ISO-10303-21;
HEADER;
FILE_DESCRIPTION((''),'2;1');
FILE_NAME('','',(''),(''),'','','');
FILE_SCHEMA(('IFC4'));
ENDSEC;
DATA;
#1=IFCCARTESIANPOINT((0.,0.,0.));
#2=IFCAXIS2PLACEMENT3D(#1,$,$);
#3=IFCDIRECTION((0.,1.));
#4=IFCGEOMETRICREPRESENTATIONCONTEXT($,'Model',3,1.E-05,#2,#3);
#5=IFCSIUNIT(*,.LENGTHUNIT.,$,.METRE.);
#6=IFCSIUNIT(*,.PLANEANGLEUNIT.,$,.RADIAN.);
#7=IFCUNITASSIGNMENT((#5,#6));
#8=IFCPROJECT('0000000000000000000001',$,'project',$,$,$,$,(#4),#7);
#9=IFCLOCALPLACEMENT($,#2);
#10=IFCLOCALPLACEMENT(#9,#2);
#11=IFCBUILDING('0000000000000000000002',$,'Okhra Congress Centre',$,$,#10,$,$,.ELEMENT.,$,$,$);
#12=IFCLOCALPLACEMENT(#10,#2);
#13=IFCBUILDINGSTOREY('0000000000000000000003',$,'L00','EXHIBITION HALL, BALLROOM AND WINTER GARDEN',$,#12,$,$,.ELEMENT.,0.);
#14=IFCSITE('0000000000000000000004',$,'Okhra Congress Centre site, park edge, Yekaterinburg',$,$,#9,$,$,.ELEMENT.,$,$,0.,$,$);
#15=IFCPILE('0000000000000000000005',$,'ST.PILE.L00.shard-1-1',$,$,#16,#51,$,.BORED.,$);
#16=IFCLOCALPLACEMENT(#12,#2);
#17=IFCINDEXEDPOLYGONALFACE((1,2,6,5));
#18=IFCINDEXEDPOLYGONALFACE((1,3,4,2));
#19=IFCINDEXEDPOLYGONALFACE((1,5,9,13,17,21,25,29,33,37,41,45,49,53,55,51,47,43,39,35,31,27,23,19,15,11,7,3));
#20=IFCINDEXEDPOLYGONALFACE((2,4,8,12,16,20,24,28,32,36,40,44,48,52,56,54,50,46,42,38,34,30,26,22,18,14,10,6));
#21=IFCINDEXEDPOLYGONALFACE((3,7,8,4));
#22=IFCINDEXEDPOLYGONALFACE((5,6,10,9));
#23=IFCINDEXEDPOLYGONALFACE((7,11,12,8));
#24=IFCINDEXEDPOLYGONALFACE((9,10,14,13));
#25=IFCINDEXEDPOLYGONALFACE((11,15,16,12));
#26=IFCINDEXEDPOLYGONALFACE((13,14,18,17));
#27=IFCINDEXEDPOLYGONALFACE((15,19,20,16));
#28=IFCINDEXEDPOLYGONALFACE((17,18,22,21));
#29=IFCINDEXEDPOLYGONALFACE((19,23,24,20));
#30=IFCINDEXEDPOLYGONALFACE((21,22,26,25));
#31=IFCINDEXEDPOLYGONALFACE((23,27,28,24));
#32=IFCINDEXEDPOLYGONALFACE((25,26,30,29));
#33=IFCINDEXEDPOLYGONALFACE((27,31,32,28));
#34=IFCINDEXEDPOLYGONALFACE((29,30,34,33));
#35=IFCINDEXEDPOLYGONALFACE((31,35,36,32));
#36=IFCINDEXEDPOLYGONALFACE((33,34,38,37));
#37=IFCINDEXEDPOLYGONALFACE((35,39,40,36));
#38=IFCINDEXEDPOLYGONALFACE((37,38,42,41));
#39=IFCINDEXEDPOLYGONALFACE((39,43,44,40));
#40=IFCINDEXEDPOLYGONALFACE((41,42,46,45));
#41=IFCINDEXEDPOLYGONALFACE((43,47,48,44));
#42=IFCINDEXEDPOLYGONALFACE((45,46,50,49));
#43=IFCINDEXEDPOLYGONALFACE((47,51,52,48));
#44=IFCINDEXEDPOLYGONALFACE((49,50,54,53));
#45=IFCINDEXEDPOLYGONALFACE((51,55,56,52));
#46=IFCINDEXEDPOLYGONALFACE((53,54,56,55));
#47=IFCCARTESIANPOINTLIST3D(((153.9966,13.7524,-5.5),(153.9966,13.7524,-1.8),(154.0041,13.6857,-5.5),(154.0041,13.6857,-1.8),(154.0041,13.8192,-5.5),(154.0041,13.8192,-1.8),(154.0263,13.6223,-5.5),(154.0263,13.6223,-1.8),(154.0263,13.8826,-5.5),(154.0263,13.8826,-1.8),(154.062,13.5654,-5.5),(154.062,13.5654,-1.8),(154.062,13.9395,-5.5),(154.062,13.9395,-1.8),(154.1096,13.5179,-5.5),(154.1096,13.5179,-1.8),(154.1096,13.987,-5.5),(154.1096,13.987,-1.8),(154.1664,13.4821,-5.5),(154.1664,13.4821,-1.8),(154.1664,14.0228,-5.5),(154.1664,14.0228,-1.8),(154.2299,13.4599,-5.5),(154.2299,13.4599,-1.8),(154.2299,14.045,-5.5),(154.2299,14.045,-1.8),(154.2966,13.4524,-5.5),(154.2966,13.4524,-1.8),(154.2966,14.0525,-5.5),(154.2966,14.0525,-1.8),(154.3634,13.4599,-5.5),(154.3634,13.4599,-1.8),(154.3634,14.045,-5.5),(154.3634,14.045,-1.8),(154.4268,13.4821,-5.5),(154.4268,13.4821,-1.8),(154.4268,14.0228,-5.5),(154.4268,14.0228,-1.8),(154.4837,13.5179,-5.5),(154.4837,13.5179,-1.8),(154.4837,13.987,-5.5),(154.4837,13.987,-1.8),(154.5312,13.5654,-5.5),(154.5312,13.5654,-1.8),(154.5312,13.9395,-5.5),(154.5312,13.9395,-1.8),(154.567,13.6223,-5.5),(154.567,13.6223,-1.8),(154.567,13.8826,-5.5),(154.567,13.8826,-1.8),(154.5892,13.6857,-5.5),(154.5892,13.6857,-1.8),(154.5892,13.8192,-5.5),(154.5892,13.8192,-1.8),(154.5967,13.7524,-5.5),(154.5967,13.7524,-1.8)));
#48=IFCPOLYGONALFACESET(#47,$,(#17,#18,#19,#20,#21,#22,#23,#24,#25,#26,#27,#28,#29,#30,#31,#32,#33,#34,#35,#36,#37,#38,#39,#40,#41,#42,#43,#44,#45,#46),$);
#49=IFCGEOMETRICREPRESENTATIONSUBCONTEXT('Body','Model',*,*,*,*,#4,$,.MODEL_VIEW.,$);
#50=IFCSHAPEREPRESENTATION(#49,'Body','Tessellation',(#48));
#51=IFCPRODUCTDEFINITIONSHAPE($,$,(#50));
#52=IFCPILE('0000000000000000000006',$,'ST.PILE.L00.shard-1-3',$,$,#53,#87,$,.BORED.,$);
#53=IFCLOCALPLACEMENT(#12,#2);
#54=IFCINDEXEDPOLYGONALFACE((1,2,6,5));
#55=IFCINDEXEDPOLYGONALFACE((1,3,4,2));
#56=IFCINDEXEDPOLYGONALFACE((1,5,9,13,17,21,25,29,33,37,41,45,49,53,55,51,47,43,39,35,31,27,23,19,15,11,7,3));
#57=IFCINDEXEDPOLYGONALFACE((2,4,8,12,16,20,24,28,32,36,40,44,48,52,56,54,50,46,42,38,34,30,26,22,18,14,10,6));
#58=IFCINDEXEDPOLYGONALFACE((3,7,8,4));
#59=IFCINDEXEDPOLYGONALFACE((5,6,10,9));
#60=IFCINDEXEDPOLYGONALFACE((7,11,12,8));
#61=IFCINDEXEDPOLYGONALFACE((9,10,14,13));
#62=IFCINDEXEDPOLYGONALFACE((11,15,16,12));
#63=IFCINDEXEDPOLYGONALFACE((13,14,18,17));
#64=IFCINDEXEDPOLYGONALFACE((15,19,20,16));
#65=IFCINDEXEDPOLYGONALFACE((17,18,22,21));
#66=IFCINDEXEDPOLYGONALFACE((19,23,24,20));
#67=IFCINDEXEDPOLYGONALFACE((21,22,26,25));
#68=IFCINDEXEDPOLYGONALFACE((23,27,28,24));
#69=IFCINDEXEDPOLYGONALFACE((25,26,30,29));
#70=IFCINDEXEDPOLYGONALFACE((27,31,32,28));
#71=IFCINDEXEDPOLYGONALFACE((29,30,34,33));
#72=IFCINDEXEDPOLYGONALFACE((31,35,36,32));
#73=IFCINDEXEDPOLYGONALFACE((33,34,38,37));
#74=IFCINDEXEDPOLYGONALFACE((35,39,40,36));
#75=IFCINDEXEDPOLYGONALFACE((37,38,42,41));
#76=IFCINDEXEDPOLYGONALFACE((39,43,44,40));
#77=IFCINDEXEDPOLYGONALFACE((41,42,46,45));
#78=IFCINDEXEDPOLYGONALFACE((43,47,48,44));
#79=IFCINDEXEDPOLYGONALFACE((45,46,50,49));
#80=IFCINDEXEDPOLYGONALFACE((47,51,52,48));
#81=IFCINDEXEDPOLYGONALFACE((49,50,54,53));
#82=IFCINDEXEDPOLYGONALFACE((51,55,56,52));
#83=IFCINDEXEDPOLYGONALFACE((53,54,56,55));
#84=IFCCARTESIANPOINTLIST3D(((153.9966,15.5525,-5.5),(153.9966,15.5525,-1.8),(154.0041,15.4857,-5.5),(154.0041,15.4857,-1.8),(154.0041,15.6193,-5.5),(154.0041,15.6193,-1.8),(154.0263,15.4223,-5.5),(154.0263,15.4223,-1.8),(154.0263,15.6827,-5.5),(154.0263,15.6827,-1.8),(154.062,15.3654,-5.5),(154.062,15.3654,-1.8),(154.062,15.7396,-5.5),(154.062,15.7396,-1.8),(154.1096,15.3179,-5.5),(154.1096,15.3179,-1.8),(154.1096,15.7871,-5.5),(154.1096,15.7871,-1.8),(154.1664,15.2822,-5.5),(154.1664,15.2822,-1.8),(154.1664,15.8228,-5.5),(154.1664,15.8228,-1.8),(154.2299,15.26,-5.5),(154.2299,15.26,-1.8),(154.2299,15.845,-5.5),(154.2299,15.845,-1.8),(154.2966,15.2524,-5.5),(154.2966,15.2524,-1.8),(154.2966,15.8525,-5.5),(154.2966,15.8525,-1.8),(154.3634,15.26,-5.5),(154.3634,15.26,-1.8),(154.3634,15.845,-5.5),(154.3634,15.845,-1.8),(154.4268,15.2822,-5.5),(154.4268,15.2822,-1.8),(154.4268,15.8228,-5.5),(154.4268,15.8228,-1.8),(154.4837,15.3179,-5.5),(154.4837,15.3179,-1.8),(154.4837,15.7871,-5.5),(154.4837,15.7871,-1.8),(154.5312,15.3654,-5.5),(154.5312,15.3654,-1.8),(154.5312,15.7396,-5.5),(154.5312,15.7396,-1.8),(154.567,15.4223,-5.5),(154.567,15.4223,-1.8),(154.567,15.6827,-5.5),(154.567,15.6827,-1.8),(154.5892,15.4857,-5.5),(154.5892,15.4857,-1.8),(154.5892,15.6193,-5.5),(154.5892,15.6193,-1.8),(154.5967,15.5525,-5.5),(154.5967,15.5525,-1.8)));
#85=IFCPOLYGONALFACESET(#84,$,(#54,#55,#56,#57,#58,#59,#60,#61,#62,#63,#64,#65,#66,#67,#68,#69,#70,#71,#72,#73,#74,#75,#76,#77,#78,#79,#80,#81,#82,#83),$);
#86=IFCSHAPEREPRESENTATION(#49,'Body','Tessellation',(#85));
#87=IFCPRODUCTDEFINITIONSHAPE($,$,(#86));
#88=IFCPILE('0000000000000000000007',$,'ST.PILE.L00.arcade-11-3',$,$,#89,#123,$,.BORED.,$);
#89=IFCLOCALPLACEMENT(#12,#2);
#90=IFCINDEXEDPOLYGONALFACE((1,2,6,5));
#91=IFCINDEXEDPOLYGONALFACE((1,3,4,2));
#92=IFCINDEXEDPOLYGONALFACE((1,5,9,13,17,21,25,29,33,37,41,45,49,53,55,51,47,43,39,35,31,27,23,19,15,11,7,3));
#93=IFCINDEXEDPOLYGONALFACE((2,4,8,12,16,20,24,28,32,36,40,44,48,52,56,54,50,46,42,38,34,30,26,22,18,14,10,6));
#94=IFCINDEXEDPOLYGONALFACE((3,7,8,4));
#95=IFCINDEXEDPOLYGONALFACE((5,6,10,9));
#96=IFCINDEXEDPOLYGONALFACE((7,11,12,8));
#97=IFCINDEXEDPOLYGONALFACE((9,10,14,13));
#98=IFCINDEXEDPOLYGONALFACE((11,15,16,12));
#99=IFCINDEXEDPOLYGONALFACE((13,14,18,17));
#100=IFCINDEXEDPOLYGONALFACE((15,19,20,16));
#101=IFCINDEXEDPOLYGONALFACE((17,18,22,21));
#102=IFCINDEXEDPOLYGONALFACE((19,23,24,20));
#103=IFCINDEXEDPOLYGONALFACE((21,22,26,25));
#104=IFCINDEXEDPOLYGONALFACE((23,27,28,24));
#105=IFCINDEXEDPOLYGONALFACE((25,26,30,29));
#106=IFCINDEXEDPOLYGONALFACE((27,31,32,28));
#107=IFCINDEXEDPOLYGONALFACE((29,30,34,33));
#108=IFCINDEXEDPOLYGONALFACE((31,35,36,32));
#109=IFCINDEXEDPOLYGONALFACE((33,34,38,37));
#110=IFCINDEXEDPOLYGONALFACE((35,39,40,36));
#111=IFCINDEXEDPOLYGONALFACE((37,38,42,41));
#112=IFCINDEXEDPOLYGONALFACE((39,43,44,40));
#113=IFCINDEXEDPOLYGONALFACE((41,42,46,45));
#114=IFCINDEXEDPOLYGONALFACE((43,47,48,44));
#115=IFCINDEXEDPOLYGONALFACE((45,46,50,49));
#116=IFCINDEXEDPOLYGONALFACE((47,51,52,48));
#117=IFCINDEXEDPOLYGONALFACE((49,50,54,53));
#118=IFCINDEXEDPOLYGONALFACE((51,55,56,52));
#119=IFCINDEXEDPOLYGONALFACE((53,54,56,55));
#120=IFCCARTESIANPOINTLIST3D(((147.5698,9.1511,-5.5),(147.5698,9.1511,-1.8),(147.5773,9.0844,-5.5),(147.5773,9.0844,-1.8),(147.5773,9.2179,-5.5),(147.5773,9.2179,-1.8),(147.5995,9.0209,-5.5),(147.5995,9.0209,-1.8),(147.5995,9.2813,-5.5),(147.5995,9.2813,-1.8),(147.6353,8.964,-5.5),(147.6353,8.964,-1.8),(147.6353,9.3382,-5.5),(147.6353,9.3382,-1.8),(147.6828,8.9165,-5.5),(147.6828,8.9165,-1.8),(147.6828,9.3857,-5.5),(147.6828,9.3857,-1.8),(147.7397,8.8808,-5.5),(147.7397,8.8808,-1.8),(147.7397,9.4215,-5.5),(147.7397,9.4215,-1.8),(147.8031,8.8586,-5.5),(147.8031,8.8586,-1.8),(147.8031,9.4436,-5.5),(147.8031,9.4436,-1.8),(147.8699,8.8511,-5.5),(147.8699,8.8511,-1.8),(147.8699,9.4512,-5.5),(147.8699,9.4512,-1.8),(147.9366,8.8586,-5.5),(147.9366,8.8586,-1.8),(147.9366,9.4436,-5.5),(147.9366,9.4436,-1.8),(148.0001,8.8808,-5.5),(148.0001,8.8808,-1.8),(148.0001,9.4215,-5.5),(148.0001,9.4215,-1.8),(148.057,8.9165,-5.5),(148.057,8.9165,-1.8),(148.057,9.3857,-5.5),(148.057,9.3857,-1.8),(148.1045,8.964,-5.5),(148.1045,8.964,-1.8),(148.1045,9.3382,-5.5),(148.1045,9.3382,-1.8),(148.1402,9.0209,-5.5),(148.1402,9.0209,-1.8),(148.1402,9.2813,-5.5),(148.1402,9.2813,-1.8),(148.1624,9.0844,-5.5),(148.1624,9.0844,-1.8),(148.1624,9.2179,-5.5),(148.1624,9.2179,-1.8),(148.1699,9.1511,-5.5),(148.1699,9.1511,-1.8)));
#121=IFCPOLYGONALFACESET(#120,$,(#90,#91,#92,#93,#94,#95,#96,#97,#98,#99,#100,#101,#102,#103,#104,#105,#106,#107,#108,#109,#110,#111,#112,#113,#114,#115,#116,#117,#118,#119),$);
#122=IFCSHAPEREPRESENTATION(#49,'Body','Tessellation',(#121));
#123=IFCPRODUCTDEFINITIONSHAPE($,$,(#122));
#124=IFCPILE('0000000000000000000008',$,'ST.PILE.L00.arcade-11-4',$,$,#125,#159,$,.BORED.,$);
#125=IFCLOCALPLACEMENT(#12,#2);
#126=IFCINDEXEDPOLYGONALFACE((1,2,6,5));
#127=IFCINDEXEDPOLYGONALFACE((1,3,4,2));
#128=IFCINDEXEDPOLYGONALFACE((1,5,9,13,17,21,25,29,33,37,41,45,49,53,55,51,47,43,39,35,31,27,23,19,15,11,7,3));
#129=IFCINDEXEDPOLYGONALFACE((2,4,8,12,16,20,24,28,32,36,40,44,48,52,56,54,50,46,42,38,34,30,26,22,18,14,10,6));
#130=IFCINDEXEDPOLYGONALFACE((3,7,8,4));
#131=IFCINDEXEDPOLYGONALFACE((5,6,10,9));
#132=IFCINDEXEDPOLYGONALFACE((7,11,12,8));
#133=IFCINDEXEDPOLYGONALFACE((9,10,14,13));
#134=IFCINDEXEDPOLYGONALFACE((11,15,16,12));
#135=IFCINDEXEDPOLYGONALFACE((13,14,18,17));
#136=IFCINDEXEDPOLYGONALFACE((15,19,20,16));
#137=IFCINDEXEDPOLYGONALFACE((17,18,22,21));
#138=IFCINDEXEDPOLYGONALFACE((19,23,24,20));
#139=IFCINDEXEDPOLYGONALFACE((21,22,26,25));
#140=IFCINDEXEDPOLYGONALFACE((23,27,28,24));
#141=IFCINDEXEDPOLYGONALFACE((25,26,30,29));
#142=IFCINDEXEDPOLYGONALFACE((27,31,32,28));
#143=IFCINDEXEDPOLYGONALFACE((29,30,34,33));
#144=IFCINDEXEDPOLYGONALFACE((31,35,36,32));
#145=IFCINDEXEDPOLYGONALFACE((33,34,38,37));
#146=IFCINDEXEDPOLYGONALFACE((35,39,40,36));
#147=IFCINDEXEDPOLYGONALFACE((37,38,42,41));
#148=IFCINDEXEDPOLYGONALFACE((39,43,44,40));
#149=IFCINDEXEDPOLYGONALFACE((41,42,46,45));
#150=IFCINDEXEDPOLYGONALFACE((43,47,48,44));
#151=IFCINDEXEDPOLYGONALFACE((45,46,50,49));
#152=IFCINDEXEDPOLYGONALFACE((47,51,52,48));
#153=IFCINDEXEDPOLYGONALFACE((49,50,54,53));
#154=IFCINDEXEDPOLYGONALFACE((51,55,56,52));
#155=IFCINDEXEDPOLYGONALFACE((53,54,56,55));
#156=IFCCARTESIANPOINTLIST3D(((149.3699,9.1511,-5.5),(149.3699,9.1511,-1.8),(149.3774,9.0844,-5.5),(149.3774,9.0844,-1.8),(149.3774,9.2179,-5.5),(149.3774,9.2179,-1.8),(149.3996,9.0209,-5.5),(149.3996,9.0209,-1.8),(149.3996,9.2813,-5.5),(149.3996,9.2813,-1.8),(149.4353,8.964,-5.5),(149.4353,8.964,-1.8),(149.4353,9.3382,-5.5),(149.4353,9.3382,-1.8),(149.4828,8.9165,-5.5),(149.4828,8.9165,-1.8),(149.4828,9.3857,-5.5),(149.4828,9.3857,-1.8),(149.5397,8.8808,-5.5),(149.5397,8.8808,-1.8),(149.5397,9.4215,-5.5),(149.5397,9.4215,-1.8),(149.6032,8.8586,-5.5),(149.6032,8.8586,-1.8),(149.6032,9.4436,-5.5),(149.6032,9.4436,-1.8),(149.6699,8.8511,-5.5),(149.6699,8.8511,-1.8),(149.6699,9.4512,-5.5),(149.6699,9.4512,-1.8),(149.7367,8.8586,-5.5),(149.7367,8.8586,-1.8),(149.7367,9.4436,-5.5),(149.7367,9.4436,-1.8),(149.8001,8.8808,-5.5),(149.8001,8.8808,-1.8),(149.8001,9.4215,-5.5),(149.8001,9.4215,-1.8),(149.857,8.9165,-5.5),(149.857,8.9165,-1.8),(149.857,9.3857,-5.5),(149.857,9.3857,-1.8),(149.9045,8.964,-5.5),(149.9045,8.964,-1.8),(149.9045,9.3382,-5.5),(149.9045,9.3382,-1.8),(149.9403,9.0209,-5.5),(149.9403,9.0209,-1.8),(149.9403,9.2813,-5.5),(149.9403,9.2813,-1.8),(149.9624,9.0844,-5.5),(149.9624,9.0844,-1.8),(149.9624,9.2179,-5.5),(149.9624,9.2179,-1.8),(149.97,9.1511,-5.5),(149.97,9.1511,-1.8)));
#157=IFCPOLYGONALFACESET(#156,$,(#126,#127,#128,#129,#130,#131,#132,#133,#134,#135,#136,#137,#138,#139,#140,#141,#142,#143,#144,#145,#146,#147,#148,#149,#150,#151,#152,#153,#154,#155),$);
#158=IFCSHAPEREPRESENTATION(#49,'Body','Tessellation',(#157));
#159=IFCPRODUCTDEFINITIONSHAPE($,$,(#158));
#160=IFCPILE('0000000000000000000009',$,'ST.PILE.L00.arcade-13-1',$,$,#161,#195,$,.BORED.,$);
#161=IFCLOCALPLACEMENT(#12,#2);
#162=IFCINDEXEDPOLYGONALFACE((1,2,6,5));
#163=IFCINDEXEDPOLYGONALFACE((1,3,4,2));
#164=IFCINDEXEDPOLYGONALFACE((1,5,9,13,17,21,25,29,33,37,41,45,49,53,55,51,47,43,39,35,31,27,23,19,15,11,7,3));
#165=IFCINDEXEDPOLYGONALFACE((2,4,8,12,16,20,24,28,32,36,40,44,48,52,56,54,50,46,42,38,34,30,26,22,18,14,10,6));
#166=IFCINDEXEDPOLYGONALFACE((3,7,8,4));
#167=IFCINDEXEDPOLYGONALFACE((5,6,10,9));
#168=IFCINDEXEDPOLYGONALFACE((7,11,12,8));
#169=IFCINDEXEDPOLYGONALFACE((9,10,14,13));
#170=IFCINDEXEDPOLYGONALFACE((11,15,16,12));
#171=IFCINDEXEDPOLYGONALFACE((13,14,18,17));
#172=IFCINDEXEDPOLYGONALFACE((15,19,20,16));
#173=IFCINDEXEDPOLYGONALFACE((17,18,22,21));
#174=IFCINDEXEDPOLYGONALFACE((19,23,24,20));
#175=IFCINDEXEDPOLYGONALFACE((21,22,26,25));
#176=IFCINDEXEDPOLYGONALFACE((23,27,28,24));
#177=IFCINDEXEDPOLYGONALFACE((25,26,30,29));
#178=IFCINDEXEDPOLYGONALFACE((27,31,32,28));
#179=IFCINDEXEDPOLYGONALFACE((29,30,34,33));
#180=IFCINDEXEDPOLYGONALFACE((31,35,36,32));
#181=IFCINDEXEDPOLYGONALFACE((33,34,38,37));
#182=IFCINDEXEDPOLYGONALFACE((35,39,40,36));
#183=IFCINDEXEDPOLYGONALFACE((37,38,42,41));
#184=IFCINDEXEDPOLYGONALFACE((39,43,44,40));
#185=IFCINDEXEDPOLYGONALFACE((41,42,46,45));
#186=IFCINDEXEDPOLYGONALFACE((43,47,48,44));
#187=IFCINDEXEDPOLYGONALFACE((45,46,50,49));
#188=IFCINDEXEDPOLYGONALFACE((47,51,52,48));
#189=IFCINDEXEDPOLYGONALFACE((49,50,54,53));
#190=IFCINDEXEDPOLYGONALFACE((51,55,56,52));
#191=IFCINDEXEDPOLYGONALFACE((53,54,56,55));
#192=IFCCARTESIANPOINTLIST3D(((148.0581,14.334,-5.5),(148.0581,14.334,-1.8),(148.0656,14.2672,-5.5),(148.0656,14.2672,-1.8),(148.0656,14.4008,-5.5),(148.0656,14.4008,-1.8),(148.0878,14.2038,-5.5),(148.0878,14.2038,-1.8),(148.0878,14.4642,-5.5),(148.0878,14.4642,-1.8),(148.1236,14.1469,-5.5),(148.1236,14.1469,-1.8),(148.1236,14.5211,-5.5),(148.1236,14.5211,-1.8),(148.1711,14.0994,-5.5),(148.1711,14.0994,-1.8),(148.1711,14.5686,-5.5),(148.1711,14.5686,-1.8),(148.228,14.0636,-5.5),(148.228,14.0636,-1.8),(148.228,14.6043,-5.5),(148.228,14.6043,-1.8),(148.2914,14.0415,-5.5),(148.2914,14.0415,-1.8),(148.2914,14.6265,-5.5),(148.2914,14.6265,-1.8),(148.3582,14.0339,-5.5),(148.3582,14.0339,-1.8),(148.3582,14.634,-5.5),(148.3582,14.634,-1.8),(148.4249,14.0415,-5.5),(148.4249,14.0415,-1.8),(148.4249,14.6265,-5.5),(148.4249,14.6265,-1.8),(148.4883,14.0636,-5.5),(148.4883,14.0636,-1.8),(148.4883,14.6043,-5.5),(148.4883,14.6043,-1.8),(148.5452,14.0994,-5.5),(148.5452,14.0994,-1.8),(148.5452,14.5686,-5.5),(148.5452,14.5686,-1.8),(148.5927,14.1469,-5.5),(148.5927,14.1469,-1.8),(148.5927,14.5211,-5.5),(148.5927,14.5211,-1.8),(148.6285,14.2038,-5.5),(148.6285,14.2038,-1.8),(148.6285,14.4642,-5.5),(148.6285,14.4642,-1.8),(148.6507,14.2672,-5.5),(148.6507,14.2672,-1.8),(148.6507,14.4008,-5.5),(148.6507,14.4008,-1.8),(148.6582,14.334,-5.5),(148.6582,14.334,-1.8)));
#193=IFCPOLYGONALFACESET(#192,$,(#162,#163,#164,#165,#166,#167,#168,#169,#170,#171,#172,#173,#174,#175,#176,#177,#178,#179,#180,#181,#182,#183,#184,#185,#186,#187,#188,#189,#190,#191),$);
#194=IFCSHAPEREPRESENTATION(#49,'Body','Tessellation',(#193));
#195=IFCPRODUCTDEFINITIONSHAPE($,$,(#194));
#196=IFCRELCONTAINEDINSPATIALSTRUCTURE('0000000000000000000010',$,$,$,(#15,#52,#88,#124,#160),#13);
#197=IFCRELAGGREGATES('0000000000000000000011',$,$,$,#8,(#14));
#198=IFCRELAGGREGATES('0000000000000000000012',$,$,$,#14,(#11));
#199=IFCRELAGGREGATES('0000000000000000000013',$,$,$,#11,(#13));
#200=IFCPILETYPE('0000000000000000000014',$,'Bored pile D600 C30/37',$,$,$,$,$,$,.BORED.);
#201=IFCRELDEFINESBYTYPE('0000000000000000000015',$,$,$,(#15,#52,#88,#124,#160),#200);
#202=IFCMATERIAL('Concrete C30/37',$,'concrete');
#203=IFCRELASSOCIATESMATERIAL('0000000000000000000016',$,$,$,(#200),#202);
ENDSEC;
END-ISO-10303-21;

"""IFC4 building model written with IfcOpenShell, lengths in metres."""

from ifc_helpers import new_model, si_unit, direction, frame, origin, origin_2d, place, context, subcontext, project, spatial, circle, extrude, material, material_profile, profile_set, type_object, element, save


model = new_model("IFC4")

# Units and contexts
model_context = context("Model", 3, precision=1e-05, world=origin(), true_north=direction((0.0, 1.0)))
body_context = subcontext(model_context, "Body", "Model", "MODEL_VIEW")
ifc_project = project(units=[si_unit("LENGTHUNIT", "METRE"), si_unit("PLANEANGLEUNIT", "RADIAN")], contexts=[model_context])

# Site, building, storey
site_placement = place(None, origin())
site = spatial("IfcSite", under=ifc_project, at=site_placement, Name="Okhra Congress Centre site, park edge, Yekaterinburg", CompositionType="ELEMENT", RefElevation=0.0)
building_placement = place(site_placement, origin())
building = spatial("IfcBuilding", under=site, at=building_placement, Name="Okhra Congress Centre", CompositionType="ELEMENT")
storey_placement = place(building_placement, origin())
storey = spatial("IfcBuildingStorey", under=building, at=storey_placement, Name="L00", Description="EXHIBITION HALL, BALLROOM AND WINTER GARDEN", CompositionType="ELEMENT", Elevation=0.0)

# Piles
ifc_material_1 = material(Name="Concrete C30/37", Category="concrete")
ifc_material_profile_1 = material_profile(ifc_material_1, circle(Radius=0.3, at=origin_2d()), Name="D600")
ifc_profile_set_1 = profile_set([ifc_material_profile_1], Name="Concrete C30/37")
pile_type = type_object("IfcPileType", Name="Bored pile D600 C30/37", PredefinedType="BORED", material=ifc_profile_set_1)
for number, where, z_axis, x_axis, name in (
    (1, (154.2966, 13.7524, -1.8), (0.0, 0.0, -1.0), (1.0, 0.0, 0.0), "ST.PILE.L00.shard-1-1"),
    (2, (154.2966, 15.5525, -1.8), (0.0, 0.0, -1.0), (1.0, 0.0, 0.0), "ST.PILE.L00.shard-1-3"),
    (3, (147.8699, 9.1511, -1.8), (0.0, 0.0, -1.0), (1.0, 0.0, 0.0), "ST.PILE.L00.arcade-11-3"),
    (4, (149.6699, 9.1511, -1.8), (0.0, 0.0, -1.0), (1.0, 0.0, 0.0), "ST.PILE.L00.arcade-11-4"),
    (5, (148.3582, 14.334, -1.8), (0.0, 0.0, -1.0), (1.0, 0.0, 0.0), "ST.PILE.L00.arcade-13-1"),
):
    element("IfcPile", number, at=place(storey_placement, frame(where, z_axis=z_axis, x_axis=x_axis)), inside=storey, type_object=pile_type, Name=name, PredefinedType="BORED", context=body_context, shape_type="SweptSolid", body=[
        extrude(circle(Radius=0.3, at=origin_2d()), origin(), (0.0, 0.0, 1.0), 3.7),
    ])

save(model, "model.ifc")
